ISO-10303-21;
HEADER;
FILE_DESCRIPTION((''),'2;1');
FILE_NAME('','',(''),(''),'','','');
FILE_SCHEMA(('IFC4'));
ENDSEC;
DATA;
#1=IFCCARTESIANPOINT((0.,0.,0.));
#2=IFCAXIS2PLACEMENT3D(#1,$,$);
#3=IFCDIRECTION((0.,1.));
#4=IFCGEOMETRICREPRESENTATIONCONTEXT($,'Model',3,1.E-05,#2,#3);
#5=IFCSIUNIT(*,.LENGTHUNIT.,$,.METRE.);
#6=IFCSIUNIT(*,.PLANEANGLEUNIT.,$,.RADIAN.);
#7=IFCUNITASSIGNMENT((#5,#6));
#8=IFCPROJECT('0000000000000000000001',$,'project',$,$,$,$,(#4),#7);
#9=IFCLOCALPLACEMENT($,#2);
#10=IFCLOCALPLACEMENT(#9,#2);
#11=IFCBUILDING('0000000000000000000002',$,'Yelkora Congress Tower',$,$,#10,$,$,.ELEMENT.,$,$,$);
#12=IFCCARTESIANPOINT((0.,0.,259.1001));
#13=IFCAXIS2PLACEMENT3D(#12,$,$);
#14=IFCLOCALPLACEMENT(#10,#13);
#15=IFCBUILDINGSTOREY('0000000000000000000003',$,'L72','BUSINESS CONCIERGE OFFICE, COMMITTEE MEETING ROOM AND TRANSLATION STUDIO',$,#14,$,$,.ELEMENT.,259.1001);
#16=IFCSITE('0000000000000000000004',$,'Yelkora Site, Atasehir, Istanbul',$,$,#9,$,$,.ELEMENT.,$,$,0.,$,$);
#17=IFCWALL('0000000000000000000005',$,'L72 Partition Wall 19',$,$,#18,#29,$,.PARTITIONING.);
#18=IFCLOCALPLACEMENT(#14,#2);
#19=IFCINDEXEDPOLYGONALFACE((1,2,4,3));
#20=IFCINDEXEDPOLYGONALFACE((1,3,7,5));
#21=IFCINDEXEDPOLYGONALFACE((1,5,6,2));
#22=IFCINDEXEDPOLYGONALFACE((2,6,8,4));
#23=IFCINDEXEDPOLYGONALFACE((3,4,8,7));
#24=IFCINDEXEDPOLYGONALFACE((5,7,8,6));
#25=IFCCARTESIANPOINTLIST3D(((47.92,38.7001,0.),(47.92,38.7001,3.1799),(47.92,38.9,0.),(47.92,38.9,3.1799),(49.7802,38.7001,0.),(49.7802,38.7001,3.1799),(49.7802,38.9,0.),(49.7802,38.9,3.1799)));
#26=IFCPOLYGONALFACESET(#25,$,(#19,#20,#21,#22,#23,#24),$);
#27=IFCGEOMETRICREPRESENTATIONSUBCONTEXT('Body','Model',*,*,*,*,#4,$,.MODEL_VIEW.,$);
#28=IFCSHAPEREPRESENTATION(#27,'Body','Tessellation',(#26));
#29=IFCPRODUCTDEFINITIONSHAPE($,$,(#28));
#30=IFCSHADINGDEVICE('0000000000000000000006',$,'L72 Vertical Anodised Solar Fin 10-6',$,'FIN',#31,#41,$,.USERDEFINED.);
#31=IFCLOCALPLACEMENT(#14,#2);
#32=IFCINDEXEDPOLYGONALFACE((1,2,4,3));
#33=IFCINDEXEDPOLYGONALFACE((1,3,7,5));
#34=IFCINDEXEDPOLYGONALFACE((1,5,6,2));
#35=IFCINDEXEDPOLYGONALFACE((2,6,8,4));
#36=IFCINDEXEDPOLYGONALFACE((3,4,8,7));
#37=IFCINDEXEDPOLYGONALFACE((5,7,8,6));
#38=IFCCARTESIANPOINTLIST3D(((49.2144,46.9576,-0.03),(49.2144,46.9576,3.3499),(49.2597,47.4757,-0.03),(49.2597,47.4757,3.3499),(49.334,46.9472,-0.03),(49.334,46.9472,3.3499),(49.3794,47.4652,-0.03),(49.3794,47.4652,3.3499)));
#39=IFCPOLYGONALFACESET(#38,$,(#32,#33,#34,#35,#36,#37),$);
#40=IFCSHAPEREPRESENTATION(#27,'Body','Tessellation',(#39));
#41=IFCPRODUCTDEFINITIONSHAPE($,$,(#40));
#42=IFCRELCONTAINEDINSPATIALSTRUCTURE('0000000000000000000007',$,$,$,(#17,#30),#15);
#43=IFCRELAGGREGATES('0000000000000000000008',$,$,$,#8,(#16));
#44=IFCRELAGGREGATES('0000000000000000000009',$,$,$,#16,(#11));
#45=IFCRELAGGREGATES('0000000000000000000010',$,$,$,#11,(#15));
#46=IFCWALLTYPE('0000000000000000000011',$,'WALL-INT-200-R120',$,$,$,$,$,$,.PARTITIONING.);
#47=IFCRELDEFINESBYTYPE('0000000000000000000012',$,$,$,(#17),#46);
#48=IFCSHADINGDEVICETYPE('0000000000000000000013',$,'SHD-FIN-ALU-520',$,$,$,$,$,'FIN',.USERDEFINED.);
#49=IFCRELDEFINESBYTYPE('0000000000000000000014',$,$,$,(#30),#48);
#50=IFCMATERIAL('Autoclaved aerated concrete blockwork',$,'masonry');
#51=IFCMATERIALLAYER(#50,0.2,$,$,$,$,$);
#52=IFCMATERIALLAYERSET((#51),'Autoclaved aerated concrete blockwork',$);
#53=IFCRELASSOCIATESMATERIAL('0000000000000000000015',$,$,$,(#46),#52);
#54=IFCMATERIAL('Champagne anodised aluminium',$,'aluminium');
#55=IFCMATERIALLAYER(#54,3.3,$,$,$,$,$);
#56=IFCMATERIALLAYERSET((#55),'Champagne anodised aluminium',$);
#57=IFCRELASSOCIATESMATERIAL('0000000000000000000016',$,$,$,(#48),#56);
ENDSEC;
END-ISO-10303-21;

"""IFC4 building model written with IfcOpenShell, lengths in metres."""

from ifc_helpers import new_model, si_unit, direction, frame, frame_2d, origin, origin_2d, place, context, subcontext, project, spatial, rectangle, extrude, material, layer, layer_set, type_object, element, save


model = new_model("IFC4")

# Units and contexts
model_context = context("Model", 3, precision=1e-05, world=origin(), true_north=direction((0.0, 1.0)))
body_context = subcontext(model_context, "Body", "Model", "MODEL_VIEW")
ifc_project = project(units=[si_unit("LENGTHUNIT", "METRE"), si_unit("PLANEANGLEUNIT", "RADIAN")], contexts=[model_context])

# Site, building, storey
site_placement = place(None, origin())
site = spatial("IfcSite", under=ifc_project, at=site_placement, Name="Yelkora Site, Atasehir, Istanbul", CompositionType="ELEMENT", RefElevation=0.0)
building_placement = place(site_placement, origin())
building = spatial("IfcBuilding", under=site, at=building_placement, Name="Yelkora Congress Tower", CompositionType="ELEMENT")
storey_placement = place(building_placement, frame((0.0, 0.0, 259.1001)))
storey = spatial("IfcBuildingStorey", under=building, at=storey_placement, Name="L72", Description="BUSINESS CONCIERGE OFFICE, COMMITTEE MEETING ROOM AND TRANSLATION STUDIO", CompositionType="ELEMENT", Elevation=259.1001)

# Shared definitions
ifc_material_1 = material(Name="Autoclaved aerated concrete blockwork", Category="masonry")
ifc_layer_1 = layer(ifc_material_1, 0.2)
ifc_layer_set_1 = layer_set([ifc_layer_1], Name="Autoclaved aerated concrete blockwork")
wall_type_1 = type_object("IfcWallType", Name="WALL-INT-200-R120", PredefinedType="PARTITIONING", material=ifc_layer_set_1)

# Wall
wall_1_placement = place(storey_placement, frame((47.9199, 38.8, 0.0), z_axis=(0.0, 0.0, 1.0), x_axis=(1.0, 0.0, 0.0)))
element("IfcWall", 1, at=wall_1_placement, inside=storey, type_object=wall_type_1, Name="L72 Partition Wall 19", PredefinedType="PARTITIONING", context=body_context, shape_type="SweptSolid", body=[
    extrude(rectangle(XDim=1.8601, YDim=0.2, at=frame_2d((0.9302, 0.0))), origin(), (0.0, 0.0, 1.0), 3.1799),
])

# Shading device
ifc_material_2 = material(Name="Champagne anodised aluminium", Category="aluminium")
ifc_layer_2 = layer(ifc_material_2, 3.3)
ifc_layer_set_2 = layer_set([ifc_layer_2], Name="Champagne anodised aluminium")
shading_device_type = type_object("IfcShadingDeviceType", Name="SHD-FIN-ALU-520", ElementType="FIN", PredefinedType="USERDEFINED", material=ifc_layer_set_2)
shading_device_placement = place(storey_placement, frame((49.2969, 47.2114, -0.03), z_axis=(0.0, 0.0, 1.0), x_axis=(0.996195, -0.087156, 0.0)))
element("IfcShadingDevice", 2, at=shading_device_placement, inside=storey, type_object=shading_device_type, Name="L72 Vertical Anodised Solar Fin 10-6", ObjectType="FIN", PredefinedType="USERDEFINED", context=body_context, shape_type="SweptSolid", body=[
    extrude(rectangle(XDim=0.1201, YDim=0.52, at=origin_2d()), origin(), (0.0, 0.0, 1.0), 3.3799),
])

save(model, "model.ifc")
